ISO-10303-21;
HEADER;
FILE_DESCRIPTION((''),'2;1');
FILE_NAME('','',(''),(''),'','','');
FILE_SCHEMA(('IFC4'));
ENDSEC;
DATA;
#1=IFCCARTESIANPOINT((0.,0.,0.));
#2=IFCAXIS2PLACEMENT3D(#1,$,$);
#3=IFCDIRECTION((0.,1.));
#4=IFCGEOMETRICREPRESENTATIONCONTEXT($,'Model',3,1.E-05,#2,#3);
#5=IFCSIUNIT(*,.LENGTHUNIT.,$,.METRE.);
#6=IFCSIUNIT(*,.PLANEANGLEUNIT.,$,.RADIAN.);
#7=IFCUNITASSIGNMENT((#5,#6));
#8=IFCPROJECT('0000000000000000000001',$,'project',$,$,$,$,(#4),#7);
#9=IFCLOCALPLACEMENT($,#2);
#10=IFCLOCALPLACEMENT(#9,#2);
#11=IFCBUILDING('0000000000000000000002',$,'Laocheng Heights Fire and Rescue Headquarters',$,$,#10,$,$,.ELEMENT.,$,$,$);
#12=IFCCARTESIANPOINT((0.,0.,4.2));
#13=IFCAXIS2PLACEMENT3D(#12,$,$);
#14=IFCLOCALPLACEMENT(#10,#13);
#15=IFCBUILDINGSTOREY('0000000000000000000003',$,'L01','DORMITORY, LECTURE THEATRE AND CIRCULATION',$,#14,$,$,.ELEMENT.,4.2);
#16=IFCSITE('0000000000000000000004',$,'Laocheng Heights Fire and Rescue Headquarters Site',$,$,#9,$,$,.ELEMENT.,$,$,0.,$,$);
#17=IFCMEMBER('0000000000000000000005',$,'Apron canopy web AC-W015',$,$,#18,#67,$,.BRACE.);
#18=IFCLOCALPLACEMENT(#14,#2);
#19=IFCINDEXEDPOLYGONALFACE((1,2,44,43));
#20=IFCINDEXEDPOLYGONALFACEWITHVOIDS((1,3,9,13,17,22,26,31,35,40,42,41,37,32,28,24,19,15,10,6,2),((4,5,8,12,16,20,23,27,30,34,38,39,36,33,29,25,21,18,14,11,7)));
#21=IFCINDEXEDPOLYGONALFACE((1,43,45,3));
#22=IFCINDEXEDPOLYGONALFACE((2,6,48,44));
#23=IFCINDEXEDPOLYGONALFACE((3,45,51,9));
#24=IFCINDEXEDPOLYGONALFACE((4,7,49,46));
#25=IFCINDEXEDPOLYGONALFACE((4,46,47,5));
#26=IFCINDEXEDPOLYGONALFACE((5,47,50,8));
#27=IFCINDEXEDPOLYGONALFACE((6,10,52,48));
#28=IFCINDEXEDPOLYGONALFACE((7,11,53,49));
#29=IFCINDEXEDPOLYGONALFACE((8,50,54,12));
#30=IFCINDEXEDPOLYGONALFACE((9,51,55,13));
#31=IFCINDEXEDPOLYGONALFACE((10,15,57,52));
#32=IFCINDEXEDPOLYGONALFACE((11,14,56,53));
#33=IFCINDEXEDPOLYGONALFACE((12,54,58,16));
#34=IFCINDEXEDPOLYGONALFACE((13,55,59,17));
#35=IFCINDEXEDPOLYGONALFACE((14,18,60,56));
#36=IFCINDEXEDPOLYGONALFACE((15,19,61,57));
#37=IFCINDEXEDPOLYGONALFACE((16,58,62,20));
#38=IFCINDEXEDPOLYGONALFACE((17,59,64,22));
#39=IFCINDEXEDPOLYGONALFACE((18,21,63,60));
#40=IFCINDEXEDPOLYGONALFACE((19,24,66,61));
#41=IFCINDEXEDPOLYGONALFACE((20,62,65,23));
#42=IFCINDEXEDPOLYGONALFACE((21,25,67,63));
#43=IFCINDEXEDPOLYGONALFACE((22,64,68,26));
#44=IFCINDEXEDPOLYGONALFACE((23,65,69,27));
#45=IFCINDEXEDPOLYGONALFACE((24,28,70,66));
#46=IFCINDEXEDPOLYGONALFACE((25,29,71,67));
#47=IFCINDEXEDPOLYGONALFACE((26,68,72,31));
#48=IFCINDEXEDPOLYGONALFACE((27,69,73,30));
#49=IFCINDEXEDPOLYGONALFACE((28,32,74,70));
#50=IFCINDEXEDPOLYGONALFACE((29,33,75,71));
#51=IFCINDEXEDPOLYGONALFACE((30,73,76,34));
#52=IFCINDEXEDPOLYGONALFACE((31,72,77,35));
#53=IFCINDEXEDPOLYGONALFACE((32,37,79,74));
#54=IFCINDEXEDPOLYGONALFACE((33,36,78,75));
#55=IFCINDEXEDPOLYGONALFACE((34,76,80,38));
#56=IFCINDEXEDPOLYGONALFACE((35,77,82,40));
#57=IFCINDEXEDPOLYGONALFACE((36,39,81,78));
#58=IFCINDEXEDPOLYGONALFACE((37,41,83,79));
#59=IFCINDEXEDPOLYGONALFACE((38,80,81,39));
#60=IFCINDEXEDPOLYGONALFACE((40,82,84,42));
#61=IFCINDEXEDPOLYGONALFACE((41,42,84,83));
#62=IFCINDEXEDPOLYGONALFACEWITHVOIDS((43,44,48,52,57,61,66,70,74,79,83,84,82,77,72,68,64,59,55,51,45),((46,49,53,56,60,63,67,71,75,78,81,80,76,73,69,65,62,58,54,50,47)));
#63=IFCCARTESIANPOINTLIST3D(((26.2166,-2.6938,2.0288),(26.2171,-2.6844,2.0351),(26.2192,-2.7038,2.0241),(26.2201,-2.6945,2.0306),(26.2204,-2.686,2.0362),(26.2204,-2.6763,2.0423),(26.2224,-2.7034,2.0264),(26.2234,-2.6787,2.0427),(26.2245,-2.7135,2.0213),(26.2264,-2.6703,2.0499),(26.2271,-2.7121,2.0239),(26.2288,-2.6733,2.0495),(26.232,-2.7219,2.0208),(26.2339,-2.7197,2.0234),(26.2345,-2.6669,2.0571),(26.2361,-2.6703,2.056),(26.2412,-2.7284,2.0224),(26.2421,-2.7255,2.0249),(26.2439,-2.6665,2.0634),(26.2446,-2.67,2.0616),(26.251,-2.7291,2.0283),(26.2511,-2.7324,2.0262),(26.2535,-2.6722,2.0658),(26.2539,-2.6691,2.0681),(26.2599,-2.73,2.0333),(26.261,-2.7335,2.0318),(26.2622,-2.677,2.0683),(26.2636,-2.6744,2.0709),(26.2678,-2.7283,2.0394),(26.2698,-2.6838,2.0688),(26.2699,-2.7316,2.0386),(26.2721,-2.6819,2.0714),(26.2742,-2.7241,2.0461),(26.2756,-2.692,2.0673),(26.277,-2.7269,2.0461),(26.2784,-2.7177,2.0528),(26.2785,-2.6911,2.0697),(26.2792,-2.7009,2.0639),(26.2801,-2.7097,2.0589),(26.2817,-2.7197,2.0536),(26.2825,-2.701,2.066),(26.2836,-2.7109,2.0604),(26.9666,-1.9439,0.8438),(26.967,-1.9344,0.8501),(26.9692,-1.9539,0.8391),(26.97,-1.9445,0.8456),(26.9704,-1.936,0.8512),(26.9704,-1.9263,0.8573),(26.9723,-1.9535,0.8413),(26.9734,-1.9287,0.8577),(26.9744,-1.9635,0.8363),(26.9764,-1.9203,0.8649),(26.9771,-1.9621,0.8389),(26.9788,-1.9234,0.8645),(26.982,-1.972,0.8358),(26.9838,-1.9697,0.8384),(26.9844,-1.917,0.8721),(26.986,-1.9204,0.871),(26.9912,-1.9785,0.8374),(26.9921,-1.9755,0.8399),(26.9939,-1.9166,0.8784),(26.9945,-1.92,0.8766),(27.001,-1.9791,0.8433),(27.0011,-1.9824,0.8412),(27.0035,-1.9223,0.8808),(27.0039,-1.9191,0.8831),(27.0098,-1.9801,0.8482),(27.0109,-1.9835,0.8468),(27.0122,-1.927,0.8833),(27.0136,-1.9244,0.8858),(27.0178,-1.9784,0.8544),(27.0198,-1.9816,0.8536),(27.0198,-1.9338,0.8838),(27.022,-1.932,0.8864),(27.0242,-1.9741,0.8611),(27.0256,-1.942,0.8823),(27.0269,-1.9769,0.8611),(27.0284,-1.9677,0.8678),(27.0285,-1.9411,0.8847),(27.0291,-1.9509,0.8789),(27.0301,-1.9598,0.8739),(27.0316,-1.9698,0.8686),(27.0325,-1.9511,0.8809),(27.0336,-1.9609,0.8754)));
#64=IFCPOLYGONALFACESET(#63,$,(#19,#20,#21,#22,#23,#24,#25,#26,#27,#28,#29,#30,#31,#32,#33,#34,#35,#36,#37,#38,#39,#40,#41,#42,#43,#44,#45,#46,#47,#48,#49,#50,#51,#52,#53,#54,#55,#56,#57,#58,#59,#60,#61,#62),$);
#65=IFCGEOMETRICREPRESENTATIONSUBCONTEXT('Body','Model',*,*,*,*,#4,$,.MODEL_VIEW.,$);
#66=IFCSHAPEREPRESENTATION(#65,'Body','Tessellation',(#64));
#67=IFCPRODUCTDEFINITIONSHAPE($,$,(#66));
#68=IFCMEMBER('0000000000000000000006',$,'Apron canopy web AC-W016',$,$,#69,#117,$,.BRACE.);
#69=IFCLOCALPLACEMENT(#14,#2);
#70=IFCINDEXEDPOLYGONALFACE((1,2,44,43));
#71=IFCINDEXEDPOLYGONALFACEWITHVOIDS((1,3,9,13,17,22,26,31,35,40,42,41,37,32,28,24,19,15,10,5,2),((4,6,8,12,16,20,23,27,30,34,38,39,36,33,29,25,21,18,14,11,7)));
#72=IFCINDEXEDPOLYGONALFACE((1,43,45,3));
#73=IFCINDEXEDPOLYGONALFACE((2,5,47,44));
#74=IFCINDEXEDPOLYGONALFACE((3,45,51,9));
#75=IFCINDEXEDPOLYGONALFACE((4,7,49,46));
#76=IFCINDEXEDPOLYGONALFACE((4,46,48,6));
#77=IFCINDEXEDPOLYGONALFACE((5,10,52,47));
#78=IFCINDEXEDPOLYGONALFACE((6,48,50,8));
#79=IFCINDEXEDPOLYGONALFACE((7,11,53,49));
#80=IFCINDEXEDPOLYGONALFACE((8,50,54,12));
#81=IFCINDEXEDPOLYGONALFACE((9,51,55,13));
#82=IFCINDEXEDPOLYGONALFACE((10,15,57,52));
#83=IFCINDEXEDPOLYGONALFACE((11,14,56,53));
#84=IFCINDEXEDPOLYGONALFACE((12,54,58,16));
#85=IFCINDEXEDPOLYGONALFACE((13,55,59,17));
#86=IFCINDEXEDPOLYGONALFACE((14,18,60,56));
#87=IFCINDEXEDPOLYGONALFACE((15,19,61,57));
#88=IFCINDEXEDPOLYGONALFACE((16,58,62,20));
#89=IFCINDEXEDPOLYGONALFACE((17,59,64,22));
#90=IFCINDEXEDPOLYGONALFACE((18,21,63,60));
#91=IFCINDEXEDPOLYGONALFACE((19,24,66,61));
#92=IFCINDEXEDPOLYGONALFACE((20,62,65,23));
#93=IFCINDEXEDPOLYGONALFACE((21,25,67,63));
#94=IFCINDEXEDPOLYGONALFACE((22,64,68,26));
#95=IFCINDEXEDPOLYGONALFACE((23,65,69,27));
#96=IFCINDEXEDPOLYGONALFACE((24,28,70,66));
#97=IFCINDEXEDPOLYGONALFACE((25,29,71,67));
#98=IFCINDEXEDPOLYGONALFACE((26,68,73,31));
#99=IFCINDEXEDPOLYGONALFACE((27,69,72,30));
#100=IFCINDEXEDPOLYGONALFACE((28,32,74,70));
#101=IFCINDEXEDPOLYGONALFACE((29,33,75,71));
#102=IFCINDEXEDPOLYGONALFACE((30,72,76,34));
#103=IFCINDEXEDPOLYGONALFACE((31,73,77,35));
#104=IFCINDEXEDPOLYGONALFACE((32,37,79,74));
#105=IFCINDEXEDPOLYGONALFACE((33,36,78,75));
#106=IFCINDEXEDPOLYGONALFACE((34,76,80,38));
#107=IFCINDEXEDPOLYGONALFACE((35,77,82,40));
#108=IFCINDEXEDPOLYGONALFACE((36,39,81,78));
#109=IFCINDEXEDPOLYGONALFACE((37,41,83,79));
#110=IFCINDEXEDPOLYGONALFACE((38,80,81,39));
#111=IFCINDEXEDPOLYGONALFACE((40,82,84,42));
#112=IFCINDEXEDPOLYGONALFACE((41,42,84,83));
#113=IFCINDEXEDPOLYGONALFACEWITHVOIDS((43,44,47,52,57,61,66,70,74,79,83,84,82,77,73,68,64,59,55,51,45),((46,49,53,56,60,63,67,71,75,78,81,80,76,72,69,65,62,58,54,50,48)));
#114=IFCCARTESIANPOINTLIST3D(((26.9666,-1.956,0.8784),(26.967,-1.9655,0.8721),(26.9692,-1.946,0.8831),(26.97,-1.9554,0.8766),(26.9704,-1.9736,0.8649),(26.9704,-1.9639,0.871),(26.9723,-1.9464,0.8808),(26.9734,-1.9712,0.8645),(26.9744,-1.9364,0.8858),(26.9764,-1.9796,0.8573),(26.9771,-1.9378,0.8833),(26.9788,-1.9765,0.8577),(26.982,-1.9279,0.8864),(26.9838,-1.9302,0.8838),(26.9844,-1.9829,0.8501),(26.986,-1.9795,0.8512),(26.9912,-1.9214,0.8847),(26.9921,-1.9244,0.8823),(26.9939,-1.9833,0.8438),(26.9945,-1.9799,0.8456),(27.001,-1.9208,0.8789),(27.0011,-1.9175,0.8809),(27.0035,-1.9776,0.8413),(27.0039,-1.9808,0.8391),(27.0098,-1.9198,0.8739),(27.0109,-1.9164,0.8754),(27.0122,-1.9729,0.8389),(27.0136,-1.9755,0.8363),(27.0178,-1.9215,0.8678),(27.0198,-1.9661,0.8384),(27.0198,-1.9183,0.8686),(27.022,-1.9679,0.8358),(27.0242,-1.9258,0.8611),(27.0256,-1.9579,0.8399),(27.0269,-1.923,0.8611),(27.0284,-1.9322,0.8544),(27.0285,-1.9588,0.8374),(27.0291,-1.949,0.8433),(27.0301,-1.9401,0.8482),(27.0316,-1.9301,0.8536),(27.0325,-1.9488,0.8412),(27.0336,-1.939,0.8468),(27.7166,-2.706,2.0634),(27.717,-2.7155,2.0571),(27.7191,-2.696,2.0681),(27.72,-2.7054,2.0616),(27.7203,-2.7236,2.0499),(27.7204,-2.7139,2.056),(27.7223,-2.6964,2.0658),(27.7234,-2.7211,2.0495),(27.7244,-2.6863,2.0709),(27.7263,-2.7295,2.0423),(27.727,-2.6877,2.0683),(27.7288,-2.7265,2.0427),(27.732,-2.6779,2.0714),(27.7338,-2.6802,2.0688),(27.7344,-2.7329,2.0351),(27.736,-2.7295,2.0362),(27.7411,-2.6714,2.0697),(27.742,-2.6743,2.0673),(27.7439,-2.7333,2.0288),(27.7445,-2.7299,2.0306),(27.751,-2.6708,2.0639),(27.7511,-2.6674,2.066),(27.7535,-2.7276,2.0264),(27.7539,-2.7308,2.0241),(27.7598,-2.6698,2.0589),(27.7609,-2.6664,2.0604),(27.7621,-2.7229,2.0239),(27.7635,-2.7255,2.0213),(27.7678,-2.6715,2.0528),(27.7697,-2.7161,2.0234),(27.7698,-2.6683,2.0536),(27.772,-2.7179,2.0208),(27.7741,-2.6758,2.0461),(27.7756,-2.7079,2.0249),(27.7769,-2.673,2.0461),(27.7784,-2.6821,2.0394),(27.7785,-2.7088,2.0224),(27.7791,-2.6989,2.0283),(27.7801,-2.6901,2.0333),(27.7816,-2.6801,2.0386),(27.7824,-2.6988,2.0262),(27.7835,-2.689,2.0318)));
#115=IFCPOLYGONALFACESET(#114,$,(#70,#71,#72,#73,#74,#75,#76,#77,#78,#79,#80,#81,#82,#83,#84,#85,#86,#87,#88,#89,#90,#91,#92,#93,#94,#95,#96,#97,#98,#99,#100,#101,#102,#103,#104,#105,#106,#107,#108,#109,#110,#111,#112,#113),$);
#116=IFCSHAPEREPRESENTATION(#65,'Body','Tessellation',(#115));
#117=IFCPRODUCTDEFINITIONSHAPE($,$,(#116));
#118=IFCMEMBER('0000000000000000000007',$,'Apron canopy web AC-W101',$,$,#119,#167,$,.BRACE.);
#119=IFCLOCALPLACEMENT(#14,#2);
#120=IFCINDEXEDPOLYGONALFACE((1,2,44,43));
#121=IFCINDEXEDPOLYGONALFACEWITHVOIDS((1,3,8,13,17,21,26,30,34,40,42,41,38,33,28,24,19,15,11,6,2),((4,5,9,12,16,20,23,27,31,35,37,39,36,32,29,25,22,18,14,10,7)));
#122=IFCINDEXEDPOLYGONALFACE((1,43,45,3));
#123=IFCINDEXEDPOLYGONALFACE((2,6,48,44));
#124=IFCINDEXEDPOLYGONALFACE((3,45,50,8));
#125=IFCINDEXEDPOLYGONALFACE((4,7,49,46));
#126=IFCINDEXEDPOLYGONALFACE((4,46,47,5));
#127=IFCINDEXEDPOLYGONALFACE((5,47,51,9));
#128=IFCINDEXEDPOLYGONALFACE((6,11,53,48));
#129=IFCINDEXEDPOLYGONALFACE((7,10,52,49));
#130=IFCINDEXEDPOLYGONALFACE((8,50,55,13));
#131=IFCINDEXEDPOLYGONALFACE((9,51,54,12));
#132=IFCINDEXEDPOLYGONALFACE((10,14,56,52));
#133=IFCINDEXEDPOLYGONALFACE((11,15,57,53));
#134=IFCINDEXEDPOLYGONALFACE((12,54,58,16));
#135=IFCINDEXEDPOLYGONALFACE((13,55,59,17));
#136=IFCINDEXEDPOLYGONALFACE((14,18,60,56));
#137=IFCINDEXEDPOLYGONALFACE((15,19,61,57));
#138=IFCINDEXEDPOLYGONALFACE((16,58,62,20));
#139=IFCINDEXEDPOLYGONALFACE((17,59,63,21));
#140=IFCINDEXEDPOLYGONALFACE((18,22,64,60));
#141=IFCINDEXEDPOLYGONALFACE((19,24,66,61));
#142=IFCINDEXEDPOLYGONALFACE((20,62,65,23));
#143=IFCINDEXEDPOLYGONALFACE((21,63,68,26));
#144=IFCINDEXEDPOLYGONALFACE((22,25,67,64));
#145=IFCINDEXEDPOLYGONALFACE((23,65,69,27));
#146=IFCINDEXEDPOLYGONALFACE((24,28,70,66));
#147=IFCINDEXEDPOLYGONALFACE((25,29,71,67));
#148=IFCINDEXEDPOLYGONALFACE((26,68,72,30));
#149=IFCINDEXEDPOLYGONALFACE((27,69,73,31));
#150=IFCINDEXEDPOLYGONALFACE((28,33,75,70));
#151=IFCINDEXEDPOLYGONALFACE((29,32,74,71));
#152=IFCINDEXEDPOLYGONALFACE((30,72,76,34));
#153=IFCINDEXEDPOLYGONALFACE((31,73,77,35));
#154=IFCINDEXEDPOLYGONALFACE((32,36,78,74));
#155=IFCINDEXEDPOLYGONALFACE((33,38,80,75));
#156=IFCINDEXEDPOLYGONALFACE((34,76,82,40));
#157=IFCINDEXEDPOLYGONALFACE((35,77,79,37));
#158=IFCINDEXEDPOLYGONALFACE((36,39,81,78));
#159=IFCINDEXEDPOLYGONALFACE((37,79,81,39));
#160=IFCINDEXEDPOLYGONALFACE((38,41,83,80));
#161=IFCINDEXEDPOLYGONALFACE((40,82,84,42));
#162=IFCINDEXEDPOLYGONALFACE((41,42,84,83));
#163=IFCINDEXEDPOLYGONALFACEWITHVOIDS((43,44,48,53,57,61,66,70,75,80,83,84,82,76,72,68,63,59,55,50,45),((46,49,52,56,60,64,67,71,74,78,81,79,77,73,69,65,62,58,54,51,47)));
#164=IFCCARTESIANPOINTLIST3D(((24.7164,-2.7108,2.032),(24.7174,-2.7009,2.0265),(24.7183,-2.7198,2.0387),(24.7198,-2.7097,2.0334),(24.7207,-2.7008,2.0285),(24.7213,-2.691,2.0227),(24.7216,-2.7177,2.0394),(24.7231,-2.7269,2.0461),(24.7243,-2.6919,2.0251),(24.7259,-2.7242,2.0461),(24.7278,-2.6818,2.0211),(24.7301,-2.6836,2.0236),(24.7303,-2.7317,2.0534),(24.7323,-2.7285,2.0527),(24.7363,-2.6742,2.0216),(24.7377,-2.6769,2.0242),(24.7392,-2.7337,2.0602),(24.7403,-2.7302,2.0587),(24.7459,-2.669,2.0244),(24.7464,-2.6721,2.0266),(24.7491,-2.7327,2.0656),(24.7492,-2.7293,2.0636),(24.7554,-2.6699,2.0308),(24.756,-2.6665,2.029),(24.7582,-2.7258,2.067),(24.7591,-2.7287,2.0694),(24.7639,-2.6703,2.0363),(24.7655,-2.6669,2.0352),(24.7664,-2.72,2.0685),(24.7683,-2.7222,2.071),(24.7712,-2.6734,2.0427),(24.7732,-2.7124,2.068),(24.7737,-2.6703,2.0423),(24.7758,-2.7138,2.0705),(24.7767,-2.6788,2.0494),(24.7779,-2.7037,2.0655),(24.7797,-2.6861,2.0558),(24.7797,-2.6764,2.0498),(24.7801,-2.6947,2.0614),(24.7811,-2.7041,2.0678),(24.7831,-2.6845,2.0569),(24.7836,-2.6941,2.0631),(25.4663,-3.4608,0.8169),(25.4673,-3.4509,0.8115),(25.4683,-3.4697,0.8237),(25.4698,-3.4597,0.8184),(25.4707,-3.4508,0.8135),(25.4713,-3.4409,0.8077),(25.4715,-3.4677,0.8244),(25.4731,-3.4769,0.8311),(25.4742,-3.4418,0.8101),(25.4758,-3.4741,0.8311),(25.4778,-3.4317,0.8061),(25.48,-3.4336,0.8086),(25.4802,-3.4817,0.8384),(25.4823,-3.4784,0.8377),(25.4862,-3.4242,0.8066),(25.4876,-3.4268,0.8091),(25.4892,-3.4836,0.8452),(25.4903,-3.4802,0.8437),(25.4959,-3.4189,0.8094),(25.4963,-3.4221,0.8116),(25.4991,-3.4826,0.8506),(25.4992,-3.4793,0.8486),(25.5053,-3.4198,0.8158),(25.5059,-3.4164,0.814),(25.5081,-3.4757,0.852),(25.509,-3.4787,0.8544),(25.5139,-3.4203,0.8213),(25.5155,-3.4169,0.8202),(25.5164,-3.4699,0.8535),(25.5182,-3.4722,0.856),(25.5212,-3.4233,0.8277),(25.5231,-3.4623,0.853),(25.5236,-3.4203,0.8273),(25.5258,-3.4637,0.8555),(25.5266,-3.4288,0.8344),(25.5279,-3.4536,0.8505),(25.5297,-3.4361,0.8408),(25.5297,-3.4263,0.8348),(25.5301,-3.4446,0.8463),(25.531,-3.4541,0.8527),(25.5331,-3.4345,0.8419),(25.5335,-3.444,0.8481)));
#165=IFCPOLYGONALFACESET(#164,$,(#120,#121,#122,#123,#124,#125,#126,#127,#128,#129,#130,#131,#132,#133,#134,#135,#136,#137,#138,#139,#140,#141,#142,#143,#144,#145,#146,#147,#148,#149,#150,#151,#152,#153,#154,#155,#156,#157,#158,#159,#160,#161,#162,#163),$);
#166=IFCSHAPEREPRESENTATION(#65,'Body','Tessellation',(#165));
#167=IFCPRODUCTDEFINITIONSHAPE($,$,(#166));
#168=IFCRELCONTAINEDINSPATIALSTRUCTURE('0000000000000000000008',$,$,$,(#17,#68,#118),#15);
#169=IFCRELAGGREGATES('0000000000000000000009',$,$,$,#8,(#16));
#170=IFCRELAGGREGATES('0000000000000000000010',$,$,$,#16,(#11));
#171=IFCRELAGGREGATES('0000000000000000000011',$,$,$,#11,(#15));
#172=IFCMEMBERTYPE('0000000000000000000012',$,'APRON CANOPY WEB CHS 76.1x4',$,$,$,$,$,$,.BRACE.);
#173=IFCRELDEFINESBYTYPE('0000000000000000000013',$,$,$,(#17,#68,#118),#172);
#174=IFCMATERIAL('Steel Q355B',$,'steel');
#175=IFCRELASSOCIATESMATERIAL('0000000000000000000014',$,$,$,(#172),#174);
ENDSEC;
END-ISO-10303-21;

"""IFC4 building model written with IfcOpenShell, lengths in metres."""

from ifc_helpers import new_model, si_unit, direction, frame, origin, origin_2d, place, context, subcontext, project, spatial, hollow_circle, extrude, material, material_profile, profile_set, type_object, element, save


model = new_model("IFC4")

# Units and contexts
model_context = context("Model", 3, precision=1e-05, world=origin(), true_north=direction((0.0, 1.0)))
body_context = subcontext(model_context, "Body", "Model", "MODEL_VIEW")
ifc_project = project(units=[si_unit("LENGTHUNIT", "METRE"), si_unit("PLANEANGLEUNIT", "RADIAN")], contexts=[model_context])

# Site, building, storey
site_placement = place(None, origin())
site = spatial("IfcSite", under=ifc_project, at=site_placement, Name="Laocheng Heights Fire and Rescue Headquarters Site", CompositionType="ELEMENT", RefElevation=0.0)
building_placement = place(site_placement, origin())
building = spatial("IfcBuilding", under=site, at=building_placement, Name="Laocheng Heights Fire and Rescue Headquarters", CompositionType="ELEMENT")
storey_placement = place(building_placement, frame((0.0, 0.0, 4.2)))
storey = spatial("IfcBuildingStorey", under=building, at=storey_placement, Name="L01", Description="DORMITORY, LECTURE THEATRE AND CIRCULATION", CompositionType="ELEMENT", Elevation=4.2)

# Members
ifc_material_1 = material(Name="Steel Q355B", Category="steel")
ifc_material_profile_1 = material_profile(ifc_material_1, hollow_circle(Radius=0.0381, WallThickness=0.0039, at=origin_2d()), Name="CHS 76.1x4")
ifc_profile_set_1 = profile_set([ifc_material_profile_1], Name="Steel Q355B")
member_type_1 = type_object("IfcMemberType", Name="APRON CANOPY WEB CHS 76.1x4", PredefinedType="BRACE", material=ifc_profile_set_1)
for number, where, z_axis, x_axis, name in (
    (1, (27.0, -1.95, 0.8611), (-0.47158, -0.47158, 0.745134), (0.707107, -0.707107, 0.0), "Apron canopy web AC-W015"),
    (2, (27.0, -1.95, 0.8611), (0.47158, -0.47158, 0.745134), (0.707107, 0.707107, 0.0), "Apron canopy web AC-W016"),
):
    element("IfcMember", number, at=place(storey_placement, frame(where, z_axis=z_axis, x_axis=x_axis)), inside=storey, type_object=member_type_1, Name=name, PredefinedType="BRACE", context=body_context, shape_type="SweptSolid", body=[
        extrude(hollow_circle(Radius=0.0381, WallThickness=0.0039, at=origin_2d()), origin(), (0.0, 0.0, 1.0), 1.5903),
    ])
for number, where, z_axis, x_axis, name in (
    (3, (25.5, -3.45, 0.8311), (-0.465002, 0.465002, 0.753357), (-0.707107, -0.707107, 0.0), "Apron canopy web AC-W101"),
):
    element("IfcMember", number, at=place(storey_placement, frame(where, z_axis=z_axis, x_axis=x_axis)), inside=storey, type_object=member_type_1, Name=name, PredefinedType="BRACE", context=body_context, shape_type="SweptSolid", body=[
        extrude(hollow_circle(Radius=0.0381, WallThickness=0.0039, at=origin_2d()), origin(), (0.0, 0.0, 1.0), 1.6128),
    ])

save(model, "model.ifc")
